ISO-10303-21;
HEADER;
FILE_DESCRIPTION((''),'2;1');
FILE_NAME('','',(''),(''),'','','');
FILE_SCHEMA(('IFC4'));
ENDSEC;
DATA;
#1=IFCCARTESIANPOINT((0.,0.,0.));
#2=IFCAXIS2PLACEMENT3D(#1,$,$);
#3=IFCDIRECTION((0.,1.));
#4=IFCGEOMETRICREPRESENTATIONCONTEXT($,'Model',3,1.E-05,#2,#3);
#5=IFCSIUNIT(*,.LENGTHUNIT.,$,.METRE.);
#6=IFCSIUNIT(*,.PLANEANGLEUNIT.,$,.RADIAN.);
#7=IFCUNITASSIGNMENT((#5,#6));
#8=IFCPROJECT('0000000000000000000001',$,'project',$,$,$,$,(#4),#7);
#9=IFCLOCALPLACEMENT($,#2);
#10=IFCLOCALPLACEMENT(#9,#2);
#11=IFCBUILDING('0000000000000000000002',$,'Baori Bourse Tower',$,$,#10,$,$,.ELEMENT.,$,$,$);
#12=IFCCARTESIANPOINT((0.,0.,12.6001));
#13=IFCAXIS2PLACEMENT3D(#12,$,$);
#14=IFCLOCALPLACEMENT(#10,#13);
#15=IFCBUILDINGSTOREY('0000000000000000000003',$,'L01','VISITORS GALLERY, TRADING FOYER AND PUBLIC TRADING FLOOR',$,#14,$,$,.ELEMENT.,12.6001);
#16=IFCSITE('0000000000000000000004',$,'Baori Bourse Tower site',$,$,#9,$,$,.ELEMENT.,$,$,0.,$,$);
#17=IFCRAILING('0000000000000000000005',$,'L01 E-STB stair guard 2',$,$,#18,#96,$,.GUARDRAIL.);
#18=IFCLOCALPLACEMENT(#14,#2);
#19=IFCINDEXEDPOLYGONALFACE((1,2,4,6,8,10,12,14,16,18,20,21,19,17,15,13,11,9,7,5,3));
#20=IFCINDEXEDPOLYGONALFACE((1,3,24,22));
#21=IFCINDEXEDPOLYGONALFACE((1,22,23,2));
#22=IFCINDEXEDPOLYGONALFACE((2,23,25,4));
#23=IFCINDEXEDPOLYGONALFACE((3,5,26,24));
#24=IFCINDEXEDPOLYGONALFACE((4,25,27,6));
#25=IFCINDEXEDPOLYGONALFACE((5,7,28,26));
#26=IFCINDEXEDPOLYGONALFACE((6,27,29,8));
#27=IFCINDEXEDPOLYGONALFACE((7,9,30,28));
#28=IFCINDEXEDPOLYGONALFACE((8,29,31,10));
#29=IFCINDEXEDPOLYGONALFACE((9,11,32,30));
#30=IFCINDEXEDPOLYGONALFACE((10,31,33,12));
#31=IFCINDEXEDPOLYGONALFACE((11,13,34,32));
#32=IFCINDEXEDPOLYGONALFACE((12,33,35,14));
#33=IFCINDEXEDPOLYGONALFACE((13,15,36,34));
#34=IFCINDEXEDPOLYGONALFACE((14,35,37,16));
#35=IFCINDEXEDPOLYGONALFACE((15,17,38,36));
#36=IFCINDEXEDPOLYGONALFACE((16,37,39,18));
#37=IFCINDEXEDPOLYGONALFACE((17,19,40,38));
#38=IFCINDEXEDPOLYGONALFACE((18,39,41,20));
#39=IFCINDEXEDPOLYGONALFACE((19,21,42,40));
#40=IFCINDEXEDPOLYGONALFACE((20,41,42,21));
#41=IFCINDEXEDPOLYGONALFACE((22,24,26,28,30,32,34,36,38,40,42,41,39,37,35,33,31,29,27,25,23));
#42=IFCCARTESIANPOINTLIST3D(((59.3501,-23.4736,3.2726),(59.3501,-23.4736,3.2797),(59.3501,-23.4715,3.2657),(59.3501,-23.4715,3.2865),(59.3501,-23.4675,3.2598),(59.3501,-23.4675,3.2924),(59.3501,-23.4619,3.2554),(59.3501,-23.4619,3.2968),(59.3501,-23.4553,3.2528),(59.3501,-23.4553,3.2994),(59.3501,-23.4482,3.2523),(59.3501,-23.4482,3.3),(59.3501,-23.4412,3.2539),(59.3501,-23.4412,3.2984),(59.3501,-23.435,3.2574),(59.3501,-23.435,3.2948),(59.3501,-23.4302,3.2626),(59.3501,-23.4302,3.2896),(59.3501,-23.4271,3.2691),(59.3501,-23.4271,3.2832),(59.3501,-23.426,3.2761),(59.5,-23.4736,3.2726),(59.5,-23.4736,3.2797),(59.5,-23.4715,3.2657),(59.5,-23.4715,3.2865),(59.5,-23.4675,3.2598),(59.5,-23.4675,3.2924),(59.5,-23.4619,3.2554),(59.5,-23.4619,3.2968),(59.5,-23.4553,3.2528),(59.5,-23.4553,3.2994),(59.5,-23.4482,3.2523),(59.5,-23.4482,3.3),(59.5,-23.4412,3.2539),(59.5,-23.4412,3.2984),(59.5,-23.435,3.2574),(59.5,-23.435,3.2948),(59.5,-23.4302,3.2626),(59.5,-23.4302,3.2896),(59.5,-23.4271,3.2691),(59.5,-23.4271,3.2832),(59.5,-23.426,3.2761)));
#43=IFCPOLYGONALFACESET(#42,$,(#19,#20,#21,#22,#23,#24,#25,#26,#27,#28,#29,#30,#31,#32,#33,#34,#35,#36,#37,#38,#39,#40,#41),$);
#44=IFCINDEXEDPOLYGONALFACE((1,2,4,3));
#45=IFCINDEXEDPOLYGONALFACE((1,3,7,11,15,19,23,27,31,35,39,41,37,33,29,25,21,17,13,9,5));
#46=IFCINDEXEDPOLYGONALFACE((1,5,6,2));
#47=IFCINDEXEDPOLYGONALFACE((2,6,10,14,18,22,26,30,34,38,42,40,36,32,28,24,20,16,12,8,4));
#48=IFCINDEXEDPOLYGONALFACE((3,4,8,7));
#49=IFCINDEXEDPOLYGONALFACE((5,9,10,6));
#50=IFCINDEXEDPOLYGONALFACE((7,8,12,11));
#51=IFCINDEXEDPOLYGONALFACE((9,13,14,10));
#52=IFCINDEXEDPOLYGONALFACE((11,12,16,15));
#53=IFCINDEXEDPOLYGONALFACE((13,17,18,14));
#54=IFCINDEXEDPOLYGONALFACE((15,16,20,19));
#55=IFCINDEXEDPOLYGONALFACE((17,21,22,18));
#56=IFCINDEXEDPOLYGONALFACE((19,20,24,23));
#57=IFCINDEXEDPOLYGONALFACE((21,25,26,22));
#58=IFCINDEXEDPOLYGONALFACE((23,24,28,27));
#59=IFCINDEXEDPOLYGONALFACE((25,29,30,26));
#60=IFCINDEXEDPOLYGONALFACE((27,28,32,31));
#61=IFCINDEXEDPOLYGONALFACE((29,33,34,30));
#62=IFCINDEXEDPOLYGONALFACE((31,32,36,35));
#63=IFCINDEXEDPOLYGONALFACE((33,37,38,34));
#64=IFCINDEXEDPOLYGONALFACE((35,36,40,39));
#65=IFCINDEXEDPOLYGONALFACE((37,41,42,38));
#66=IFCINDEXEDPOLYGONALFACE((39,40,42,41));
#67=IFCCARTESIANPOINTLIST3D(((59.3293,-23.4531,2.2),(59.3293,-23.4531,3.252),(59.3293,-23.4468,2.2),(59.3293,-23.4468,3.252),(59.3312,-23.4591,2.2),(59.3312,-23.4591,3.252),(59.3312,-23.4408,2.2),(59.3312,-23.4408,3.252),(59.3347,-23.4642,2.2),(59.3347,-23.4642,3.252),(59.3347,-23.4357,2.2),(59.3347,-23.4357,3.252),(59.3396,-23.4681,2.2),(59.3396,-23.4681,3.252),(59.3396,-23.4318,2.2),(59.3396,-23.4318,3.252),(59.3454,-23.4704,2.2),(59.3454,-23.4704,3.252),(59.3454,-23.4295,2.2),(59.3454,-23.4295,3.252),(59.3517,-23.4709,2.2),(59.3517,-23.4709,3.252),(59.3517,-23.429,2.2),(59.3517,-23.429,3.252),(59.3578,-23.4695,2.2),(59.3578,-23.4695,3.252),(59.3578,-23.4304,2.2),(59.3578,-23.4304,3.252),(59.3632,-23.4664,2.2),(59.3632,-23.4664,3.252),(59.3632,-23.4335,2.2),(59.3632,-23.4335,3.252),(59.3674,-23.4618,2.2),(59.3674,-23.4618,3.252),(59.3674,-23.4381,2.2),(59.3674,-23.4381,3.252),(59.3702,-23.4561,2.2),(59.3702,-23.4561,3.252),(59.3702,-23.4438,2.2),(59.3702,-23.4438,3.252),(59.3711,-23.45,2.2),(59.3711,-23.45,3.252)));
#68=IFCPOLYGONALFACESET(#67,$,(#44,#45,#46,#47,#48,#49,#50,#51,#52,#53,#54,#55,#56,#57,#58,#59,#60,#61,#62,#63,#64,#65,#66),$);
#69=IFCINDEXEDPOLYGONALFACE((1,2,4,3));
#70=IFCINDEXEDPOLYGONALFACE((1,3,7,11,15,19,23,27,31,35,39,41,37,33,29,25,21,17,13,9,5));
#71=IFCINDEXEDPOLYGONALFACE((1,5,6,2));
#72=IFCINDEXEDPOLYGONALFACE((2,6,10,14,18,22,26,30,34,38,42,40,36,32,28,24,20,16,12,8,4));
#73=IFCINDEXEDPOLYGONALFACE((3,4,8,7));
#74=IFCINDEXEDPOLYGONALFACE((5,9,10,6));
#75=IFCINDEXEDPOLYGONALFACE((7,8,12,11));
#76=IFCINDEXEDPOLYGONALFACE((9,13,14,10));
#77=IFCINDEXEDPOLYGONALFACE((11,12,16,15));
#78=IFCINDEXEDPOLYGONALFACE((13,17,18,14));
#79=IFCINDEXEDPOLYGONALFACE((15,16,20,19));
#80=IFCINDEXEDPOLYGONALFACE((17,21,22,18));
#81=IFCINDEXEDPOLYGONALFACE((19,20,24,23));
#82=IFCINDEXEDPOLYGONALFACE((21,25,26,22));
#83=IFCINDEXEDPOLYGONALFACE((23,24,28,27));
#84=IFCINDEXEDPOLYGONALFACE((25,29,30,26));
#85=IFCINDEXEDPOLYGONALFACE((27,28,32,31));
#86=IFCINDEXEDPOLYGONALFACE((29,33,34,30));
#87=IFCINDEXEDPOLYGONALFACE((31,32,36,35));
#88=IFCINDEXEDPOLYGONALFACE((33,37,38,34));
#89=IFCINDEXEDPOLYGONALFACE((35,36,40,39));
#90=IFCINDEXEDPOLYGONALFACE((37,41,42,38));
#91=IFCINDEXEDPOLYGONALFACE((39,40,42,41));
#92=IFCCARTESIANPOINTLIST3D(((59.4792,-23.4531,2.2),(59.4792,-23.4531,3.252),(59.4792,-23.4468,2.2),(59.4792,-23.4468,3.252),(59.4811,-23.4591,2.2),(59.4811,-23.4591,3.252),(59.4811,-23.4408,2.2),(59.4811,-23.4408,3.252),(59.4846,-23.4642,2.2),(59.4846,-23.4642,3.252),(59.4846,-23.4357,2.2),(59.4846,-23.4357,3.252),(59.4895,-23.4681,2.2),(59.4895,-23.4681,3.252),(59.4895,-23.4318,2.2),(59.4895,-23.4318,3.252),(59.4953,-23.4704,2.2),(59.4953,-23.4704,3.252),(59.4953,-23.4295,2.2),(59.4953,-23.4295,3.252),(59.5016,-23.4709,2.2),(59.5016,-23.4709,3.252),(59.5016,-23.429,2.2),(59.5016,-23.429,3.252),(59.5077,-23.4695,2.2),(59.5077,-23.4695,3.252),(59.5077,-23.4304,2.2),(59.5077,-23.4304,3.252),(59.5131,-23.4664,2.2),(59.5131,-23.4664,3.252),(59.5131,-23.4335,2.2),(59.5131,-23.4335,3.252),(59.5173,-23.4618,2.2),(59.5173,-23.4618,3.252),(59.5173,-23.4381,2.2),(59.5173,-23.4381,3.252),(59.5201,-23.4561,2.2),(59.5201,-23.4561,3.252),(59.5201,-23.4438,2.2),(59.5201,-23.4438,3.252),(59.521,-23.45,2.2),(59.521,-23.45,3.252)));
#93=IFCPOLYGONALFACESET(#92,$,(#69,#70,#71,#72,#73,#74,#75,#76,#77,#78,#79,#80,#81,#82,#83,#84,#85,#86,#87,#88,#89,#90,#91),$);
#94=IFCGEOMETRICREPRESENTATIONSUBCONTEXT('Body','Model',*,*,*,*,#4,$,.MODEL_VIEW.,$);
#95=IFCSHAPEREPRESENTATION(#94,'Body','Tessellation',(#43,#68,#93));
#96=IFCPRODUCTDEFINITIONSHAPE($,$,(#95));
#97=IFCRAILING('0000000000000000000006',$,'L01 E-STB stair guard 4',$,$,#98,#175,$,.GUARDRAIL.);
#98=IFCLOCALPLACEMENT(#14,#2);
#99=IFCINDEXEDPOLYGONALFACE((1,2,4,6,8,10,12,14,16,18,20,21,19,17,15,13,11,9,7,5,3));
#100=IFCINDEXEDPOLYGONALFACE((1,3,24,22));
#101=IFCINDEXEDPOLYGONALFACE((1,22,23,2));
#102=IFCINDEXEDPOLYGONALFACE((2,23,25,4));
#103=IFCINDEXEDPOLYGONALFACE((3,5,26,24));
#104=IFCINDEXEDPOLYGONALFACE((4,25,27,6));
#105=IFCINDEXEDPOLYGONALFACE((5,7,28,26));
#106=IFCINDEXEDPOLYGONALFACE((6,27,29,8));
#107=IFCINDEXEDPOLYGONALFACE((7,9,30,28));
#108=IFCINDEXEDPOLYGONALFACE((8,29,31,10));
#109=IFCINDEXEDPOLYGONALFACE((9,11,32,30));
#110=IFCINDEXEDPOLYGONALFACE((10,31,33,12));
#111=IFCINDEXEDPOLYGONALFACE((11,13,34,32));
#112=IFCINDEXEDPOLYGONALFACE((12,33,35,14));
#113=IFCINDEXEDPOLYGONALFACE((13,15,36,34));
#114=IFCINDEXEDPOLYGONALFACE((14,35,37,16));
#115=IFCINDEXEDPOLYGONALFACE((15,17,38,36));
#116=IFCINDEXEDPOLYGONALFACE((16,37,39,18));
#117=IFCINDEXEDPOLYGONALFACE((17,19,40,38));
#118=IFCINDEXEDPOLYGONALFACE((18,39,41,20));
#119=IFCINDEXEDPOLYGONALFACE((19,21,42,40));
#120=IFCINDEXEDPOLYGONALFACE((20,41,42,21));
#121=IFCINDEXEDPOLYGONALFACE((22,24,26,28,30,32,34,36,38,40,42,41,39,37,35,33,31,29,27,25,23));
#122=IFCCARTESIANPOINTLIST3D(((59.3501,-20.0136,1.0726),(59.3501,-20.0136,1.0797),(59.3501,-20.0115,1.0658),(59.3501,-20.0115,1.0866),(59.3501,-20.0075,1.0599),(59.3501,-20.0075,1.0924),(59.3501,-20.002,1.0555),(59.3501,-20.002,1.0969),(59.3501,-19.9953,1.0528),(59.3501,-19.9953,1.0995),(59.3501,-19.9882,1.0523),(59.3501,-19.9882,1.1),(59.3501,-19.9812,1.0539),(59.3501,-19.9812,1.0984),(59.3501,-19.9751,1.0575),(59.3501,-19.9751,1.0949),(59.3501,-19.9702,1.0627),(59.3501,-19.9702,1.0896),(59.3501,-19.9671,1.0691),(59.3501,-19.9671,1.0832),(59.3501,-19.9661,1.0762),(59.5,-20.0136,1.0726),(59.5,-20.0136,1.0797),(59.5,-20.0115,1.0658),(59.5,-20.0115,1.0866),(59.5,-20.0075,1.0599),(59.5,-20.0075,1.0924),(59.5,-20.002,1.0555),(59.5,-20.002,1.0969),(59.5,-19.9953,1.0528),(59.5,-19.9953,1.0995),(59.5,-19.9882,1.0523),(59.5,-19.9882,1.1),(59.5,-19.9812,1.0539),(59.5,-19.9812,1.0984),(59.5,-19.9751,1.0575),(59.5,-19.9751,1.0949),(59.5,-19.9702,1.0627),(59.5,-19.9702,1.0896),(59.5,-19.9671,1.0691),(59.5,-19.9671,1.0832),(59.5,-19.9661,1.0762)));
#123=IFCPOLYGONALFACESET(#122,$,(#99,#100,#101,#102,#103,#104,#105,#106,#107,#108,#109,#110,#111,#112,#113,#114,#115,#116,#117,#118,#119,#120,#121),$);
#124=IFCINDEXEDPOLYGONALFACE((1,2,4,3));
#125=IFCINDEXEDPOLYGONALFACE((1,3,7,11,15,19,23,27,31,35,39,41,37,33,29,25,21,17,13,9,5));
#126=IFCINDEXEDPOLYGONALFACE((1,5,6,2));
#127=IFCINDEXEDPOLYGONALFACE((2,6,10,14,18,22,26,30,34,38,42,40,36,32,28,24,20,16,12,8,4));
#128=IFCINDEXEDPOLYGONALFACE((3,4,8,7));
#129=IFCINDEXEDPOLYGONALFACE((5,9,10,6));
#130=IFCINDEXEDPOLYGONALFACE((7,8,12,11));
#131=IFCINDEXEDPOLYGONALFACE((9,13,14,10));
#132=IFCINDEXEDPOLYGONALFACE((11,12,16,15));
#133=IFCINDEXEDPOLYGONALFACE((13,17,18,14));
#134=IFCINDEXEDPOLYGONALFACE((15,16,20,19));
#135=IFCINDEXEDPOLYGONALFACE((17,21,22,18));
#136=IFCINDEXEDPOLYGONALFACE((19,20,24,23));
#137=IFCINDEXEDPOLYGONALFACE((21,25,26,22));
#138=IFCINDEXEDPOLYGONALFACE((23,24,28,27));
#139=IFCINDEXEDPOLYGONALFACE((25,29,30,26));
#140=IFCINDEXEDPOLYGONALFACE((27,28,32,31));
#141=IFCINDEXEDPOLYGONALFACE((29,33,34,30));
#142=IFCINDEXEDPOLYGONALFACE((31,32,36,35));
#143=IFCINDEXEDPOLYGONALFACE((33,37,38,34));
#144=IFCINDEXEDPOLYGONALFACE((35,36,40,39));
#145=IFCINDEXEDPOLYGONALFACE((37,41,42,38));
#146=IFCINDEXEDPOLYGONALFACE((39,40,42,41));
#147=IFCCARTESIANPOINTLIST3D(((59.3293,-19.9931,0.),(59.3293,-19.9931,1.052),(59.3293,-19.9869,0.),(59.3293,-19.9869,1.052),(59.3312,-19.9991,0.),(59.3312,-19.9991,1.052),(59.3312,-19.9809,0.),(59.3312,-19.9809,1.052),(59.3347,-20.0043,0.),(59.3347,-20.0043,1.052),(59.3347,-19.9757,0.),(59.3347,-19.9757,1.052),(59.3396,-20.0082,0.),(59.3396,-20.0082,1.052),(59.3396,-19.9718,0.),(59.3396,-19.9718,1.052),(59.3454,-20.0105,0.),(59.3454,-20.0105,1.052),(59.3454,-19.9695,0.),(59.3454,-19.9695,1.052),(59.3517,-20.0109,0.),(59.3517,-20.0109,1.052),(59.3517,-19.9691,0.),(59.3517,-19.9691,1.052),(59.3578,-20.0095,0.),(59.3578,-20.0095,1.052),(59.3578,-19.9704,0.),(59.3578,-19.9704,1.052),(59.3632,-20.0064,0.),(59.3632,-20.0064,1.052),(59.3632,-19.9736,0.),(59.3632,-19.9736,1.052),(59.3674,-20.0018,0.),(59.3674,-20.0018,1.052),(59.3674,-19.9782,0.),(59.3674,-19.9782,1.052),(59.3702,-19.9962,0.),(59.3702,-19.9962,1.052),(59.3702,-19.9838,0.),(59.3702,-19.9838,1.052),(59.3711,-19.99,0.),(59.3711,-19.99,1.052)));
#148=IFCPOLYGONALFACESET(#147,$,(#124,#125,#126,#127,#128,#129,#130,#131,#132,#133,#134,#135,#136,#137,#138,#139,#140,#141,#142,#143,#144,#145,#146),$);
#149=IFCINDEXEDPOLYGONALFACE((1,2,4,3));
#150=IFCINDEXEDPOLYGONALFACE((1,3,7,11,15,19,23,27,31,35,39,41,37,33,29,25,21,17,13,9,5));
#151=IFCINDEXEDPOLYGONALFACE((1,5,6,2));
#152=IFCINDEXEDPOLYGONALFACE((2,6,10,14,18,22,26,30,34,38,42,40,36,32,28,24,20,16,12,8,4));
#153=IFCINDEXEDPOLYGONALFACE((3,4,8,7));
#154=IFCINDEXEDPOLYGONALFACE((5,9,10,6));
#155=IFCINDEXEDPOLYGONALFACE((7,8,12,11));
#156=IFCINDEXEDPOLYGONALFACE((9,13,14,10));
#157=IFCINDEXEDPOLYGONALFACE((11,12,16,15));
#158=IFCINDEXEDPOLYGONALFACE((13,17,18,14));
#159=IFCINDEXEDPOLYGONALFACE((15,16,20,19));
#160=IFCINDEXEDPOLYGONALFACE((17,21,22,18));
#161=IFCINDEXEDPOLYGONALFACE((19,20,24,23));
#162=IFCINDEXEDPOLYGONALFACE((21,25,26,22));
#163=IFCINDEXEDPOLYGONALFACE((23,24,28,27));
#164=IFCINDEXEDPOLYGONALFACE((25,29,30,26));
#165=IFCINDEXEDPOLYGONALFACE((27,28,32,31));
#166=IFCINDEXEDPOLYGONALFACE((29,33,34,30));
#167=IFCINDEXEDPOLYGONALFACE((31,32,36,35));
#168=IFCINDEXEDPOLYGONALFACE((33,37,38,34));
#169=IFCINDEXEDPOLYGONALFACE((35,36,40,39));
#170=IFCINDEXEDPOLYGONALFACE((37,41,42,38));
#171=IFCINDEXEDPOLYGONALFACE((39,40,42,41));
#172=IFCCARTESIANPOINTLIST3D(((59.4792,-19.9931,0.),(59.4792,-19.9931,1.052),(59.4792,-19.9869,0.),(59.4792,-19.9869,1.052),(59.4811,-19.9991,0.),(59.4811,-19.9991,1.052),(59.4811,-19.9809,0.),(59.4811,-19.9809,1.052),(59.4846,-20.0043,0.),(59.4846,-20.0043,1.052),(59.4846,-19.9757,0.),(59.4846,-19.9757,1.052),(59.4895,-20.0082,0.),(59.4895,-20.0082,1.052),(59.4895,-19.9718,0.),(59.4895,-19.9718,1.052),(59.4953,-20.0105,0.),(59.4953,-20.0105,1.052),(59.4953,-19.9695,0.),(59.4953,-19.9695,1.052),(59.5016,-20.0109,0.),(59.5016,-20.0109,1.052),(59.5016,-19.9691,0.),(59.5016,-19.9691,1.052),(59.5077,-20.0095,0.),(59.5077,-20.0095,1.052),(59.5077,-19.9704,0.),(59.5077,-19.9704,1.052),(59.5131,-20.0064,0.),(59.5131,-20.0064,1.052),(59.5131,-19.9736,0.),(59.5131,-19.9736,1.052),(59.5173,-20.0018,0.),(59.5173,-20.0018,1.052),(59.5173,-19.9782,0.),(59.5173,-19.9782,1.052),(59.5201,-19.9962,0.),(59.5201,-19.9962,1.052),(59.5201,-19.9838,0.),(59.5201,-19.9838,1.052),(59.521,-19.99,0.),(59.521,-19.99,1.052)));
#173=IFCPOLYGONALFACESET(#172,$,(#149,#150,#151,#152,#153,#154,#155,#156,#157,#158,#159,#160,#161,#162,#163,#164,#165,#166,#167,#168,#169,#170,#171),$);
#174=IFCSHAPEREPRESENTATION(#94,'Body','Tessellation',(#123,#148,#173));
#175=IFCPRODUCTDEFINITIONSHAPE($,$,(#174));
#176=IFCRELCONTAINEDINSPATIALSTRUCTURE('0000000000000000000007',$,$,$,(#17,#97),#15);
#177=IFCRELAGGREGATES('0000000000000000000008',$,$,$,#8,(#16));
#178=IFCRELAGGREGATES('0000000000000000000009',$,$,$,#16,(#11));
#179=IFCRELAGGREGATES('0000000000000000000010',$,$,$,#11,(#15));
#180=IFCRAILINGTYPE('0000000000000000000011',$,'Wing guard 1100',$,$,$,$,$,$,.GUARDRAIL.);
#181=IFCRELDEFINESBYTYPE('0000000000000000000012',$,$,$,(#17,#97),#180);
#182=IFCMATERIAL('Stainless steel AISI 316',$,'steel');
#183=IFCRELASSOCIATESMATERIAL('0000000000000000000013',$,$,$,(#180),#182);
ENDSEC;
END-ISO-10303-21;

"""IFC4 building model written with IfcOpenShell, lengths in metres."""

from ifc_helpers import new_model, si_unit, direction, frame, origin, origin_2d, place, context, subcontext, project, spatial, circle, extrude, material, type_object, element, save


model = new_model("IFC4")

# Units and contexts
model_context = context("Model", 3, precision=1e-05, world=origin(), true_north=direction((0.0, 1.0)))
body_context = subcontext(model_context, "Body", "Model", "MODEL_VIEW")
ifc_project = project(units=[si_unit("LENGTHUNIT", "METRE"), si_unit("PLANEANGLEUNIT", "RADIAN")], contexts=[model_context])

# Site, building, storey
site_placement = place(None, origin())
site = spatial("IfcSite", under=ifc_project, at=site_placement, Name="Baori Bourse Tower site", CompositionType="ELEMENT", RefElevation=0.0)
building_placement = place(site_placement, origin())
building = spatial("IfcBuilding", under=site, at=building_placement, Name="Baori Bourse Tower", CompositionType="ELEMENT")
storey_placement = place(building_placement, frame((0.0, 0.0, 12.6001)))
storey = spatial("IfcBuildingStorey", under=building, at=storey_placement, Name="L01", Description="VISITORS GALLERY, TRADING FOYER AND PUBLIC TRADING FLOOR", CompositionType="ELEMENT", Elevation=12.6001)

# Railings
ifc_material_1 = material(Name="Stainless steel AISI 316", Category="steel")
railing_type_1 = type_object("IfcRailingType", Name="Wing guard 1100", PredefinedType="GUARDRAIL", material=ifc_material_1)
for number, where, name in (
    (1, (59.3501, -23.45, 2.2), "L01 E-STB stair guard 2"),
    (2, (59.3501, -19.99, 0.0), "L01 E-STB stair guard 4"),
):
    element("IfcRailing", number, at=place(storey_placement, frame(where)), inside=storey, type_object=railing_type_1, Name=name, PredefinedType="GUARDRAIL", context=body_context, shape_type="SweptSolid", body=[
        extrude(circle(Radius=0.0239, at=origin_2d()), frame((0.0, 0.0, 1.0762), z_axis=(1.0, 0.0, 0.0), x_axis=(0.0, 1.0, 0.0)), (0.0, 0.0, 1.0), 0.1499),
        extrude(circle(Radius=0.021, at=origin_2d()), origin(), (0.0, 0.0, 1.0), 1.052),
        extrude(circle(Radius=0.021, at=origin_2d()), frame((0.1499, 0.0, 0.0)), (0.0, 0.0, 1.0), 1.052),
    ])

save(model, "model.ifc")
